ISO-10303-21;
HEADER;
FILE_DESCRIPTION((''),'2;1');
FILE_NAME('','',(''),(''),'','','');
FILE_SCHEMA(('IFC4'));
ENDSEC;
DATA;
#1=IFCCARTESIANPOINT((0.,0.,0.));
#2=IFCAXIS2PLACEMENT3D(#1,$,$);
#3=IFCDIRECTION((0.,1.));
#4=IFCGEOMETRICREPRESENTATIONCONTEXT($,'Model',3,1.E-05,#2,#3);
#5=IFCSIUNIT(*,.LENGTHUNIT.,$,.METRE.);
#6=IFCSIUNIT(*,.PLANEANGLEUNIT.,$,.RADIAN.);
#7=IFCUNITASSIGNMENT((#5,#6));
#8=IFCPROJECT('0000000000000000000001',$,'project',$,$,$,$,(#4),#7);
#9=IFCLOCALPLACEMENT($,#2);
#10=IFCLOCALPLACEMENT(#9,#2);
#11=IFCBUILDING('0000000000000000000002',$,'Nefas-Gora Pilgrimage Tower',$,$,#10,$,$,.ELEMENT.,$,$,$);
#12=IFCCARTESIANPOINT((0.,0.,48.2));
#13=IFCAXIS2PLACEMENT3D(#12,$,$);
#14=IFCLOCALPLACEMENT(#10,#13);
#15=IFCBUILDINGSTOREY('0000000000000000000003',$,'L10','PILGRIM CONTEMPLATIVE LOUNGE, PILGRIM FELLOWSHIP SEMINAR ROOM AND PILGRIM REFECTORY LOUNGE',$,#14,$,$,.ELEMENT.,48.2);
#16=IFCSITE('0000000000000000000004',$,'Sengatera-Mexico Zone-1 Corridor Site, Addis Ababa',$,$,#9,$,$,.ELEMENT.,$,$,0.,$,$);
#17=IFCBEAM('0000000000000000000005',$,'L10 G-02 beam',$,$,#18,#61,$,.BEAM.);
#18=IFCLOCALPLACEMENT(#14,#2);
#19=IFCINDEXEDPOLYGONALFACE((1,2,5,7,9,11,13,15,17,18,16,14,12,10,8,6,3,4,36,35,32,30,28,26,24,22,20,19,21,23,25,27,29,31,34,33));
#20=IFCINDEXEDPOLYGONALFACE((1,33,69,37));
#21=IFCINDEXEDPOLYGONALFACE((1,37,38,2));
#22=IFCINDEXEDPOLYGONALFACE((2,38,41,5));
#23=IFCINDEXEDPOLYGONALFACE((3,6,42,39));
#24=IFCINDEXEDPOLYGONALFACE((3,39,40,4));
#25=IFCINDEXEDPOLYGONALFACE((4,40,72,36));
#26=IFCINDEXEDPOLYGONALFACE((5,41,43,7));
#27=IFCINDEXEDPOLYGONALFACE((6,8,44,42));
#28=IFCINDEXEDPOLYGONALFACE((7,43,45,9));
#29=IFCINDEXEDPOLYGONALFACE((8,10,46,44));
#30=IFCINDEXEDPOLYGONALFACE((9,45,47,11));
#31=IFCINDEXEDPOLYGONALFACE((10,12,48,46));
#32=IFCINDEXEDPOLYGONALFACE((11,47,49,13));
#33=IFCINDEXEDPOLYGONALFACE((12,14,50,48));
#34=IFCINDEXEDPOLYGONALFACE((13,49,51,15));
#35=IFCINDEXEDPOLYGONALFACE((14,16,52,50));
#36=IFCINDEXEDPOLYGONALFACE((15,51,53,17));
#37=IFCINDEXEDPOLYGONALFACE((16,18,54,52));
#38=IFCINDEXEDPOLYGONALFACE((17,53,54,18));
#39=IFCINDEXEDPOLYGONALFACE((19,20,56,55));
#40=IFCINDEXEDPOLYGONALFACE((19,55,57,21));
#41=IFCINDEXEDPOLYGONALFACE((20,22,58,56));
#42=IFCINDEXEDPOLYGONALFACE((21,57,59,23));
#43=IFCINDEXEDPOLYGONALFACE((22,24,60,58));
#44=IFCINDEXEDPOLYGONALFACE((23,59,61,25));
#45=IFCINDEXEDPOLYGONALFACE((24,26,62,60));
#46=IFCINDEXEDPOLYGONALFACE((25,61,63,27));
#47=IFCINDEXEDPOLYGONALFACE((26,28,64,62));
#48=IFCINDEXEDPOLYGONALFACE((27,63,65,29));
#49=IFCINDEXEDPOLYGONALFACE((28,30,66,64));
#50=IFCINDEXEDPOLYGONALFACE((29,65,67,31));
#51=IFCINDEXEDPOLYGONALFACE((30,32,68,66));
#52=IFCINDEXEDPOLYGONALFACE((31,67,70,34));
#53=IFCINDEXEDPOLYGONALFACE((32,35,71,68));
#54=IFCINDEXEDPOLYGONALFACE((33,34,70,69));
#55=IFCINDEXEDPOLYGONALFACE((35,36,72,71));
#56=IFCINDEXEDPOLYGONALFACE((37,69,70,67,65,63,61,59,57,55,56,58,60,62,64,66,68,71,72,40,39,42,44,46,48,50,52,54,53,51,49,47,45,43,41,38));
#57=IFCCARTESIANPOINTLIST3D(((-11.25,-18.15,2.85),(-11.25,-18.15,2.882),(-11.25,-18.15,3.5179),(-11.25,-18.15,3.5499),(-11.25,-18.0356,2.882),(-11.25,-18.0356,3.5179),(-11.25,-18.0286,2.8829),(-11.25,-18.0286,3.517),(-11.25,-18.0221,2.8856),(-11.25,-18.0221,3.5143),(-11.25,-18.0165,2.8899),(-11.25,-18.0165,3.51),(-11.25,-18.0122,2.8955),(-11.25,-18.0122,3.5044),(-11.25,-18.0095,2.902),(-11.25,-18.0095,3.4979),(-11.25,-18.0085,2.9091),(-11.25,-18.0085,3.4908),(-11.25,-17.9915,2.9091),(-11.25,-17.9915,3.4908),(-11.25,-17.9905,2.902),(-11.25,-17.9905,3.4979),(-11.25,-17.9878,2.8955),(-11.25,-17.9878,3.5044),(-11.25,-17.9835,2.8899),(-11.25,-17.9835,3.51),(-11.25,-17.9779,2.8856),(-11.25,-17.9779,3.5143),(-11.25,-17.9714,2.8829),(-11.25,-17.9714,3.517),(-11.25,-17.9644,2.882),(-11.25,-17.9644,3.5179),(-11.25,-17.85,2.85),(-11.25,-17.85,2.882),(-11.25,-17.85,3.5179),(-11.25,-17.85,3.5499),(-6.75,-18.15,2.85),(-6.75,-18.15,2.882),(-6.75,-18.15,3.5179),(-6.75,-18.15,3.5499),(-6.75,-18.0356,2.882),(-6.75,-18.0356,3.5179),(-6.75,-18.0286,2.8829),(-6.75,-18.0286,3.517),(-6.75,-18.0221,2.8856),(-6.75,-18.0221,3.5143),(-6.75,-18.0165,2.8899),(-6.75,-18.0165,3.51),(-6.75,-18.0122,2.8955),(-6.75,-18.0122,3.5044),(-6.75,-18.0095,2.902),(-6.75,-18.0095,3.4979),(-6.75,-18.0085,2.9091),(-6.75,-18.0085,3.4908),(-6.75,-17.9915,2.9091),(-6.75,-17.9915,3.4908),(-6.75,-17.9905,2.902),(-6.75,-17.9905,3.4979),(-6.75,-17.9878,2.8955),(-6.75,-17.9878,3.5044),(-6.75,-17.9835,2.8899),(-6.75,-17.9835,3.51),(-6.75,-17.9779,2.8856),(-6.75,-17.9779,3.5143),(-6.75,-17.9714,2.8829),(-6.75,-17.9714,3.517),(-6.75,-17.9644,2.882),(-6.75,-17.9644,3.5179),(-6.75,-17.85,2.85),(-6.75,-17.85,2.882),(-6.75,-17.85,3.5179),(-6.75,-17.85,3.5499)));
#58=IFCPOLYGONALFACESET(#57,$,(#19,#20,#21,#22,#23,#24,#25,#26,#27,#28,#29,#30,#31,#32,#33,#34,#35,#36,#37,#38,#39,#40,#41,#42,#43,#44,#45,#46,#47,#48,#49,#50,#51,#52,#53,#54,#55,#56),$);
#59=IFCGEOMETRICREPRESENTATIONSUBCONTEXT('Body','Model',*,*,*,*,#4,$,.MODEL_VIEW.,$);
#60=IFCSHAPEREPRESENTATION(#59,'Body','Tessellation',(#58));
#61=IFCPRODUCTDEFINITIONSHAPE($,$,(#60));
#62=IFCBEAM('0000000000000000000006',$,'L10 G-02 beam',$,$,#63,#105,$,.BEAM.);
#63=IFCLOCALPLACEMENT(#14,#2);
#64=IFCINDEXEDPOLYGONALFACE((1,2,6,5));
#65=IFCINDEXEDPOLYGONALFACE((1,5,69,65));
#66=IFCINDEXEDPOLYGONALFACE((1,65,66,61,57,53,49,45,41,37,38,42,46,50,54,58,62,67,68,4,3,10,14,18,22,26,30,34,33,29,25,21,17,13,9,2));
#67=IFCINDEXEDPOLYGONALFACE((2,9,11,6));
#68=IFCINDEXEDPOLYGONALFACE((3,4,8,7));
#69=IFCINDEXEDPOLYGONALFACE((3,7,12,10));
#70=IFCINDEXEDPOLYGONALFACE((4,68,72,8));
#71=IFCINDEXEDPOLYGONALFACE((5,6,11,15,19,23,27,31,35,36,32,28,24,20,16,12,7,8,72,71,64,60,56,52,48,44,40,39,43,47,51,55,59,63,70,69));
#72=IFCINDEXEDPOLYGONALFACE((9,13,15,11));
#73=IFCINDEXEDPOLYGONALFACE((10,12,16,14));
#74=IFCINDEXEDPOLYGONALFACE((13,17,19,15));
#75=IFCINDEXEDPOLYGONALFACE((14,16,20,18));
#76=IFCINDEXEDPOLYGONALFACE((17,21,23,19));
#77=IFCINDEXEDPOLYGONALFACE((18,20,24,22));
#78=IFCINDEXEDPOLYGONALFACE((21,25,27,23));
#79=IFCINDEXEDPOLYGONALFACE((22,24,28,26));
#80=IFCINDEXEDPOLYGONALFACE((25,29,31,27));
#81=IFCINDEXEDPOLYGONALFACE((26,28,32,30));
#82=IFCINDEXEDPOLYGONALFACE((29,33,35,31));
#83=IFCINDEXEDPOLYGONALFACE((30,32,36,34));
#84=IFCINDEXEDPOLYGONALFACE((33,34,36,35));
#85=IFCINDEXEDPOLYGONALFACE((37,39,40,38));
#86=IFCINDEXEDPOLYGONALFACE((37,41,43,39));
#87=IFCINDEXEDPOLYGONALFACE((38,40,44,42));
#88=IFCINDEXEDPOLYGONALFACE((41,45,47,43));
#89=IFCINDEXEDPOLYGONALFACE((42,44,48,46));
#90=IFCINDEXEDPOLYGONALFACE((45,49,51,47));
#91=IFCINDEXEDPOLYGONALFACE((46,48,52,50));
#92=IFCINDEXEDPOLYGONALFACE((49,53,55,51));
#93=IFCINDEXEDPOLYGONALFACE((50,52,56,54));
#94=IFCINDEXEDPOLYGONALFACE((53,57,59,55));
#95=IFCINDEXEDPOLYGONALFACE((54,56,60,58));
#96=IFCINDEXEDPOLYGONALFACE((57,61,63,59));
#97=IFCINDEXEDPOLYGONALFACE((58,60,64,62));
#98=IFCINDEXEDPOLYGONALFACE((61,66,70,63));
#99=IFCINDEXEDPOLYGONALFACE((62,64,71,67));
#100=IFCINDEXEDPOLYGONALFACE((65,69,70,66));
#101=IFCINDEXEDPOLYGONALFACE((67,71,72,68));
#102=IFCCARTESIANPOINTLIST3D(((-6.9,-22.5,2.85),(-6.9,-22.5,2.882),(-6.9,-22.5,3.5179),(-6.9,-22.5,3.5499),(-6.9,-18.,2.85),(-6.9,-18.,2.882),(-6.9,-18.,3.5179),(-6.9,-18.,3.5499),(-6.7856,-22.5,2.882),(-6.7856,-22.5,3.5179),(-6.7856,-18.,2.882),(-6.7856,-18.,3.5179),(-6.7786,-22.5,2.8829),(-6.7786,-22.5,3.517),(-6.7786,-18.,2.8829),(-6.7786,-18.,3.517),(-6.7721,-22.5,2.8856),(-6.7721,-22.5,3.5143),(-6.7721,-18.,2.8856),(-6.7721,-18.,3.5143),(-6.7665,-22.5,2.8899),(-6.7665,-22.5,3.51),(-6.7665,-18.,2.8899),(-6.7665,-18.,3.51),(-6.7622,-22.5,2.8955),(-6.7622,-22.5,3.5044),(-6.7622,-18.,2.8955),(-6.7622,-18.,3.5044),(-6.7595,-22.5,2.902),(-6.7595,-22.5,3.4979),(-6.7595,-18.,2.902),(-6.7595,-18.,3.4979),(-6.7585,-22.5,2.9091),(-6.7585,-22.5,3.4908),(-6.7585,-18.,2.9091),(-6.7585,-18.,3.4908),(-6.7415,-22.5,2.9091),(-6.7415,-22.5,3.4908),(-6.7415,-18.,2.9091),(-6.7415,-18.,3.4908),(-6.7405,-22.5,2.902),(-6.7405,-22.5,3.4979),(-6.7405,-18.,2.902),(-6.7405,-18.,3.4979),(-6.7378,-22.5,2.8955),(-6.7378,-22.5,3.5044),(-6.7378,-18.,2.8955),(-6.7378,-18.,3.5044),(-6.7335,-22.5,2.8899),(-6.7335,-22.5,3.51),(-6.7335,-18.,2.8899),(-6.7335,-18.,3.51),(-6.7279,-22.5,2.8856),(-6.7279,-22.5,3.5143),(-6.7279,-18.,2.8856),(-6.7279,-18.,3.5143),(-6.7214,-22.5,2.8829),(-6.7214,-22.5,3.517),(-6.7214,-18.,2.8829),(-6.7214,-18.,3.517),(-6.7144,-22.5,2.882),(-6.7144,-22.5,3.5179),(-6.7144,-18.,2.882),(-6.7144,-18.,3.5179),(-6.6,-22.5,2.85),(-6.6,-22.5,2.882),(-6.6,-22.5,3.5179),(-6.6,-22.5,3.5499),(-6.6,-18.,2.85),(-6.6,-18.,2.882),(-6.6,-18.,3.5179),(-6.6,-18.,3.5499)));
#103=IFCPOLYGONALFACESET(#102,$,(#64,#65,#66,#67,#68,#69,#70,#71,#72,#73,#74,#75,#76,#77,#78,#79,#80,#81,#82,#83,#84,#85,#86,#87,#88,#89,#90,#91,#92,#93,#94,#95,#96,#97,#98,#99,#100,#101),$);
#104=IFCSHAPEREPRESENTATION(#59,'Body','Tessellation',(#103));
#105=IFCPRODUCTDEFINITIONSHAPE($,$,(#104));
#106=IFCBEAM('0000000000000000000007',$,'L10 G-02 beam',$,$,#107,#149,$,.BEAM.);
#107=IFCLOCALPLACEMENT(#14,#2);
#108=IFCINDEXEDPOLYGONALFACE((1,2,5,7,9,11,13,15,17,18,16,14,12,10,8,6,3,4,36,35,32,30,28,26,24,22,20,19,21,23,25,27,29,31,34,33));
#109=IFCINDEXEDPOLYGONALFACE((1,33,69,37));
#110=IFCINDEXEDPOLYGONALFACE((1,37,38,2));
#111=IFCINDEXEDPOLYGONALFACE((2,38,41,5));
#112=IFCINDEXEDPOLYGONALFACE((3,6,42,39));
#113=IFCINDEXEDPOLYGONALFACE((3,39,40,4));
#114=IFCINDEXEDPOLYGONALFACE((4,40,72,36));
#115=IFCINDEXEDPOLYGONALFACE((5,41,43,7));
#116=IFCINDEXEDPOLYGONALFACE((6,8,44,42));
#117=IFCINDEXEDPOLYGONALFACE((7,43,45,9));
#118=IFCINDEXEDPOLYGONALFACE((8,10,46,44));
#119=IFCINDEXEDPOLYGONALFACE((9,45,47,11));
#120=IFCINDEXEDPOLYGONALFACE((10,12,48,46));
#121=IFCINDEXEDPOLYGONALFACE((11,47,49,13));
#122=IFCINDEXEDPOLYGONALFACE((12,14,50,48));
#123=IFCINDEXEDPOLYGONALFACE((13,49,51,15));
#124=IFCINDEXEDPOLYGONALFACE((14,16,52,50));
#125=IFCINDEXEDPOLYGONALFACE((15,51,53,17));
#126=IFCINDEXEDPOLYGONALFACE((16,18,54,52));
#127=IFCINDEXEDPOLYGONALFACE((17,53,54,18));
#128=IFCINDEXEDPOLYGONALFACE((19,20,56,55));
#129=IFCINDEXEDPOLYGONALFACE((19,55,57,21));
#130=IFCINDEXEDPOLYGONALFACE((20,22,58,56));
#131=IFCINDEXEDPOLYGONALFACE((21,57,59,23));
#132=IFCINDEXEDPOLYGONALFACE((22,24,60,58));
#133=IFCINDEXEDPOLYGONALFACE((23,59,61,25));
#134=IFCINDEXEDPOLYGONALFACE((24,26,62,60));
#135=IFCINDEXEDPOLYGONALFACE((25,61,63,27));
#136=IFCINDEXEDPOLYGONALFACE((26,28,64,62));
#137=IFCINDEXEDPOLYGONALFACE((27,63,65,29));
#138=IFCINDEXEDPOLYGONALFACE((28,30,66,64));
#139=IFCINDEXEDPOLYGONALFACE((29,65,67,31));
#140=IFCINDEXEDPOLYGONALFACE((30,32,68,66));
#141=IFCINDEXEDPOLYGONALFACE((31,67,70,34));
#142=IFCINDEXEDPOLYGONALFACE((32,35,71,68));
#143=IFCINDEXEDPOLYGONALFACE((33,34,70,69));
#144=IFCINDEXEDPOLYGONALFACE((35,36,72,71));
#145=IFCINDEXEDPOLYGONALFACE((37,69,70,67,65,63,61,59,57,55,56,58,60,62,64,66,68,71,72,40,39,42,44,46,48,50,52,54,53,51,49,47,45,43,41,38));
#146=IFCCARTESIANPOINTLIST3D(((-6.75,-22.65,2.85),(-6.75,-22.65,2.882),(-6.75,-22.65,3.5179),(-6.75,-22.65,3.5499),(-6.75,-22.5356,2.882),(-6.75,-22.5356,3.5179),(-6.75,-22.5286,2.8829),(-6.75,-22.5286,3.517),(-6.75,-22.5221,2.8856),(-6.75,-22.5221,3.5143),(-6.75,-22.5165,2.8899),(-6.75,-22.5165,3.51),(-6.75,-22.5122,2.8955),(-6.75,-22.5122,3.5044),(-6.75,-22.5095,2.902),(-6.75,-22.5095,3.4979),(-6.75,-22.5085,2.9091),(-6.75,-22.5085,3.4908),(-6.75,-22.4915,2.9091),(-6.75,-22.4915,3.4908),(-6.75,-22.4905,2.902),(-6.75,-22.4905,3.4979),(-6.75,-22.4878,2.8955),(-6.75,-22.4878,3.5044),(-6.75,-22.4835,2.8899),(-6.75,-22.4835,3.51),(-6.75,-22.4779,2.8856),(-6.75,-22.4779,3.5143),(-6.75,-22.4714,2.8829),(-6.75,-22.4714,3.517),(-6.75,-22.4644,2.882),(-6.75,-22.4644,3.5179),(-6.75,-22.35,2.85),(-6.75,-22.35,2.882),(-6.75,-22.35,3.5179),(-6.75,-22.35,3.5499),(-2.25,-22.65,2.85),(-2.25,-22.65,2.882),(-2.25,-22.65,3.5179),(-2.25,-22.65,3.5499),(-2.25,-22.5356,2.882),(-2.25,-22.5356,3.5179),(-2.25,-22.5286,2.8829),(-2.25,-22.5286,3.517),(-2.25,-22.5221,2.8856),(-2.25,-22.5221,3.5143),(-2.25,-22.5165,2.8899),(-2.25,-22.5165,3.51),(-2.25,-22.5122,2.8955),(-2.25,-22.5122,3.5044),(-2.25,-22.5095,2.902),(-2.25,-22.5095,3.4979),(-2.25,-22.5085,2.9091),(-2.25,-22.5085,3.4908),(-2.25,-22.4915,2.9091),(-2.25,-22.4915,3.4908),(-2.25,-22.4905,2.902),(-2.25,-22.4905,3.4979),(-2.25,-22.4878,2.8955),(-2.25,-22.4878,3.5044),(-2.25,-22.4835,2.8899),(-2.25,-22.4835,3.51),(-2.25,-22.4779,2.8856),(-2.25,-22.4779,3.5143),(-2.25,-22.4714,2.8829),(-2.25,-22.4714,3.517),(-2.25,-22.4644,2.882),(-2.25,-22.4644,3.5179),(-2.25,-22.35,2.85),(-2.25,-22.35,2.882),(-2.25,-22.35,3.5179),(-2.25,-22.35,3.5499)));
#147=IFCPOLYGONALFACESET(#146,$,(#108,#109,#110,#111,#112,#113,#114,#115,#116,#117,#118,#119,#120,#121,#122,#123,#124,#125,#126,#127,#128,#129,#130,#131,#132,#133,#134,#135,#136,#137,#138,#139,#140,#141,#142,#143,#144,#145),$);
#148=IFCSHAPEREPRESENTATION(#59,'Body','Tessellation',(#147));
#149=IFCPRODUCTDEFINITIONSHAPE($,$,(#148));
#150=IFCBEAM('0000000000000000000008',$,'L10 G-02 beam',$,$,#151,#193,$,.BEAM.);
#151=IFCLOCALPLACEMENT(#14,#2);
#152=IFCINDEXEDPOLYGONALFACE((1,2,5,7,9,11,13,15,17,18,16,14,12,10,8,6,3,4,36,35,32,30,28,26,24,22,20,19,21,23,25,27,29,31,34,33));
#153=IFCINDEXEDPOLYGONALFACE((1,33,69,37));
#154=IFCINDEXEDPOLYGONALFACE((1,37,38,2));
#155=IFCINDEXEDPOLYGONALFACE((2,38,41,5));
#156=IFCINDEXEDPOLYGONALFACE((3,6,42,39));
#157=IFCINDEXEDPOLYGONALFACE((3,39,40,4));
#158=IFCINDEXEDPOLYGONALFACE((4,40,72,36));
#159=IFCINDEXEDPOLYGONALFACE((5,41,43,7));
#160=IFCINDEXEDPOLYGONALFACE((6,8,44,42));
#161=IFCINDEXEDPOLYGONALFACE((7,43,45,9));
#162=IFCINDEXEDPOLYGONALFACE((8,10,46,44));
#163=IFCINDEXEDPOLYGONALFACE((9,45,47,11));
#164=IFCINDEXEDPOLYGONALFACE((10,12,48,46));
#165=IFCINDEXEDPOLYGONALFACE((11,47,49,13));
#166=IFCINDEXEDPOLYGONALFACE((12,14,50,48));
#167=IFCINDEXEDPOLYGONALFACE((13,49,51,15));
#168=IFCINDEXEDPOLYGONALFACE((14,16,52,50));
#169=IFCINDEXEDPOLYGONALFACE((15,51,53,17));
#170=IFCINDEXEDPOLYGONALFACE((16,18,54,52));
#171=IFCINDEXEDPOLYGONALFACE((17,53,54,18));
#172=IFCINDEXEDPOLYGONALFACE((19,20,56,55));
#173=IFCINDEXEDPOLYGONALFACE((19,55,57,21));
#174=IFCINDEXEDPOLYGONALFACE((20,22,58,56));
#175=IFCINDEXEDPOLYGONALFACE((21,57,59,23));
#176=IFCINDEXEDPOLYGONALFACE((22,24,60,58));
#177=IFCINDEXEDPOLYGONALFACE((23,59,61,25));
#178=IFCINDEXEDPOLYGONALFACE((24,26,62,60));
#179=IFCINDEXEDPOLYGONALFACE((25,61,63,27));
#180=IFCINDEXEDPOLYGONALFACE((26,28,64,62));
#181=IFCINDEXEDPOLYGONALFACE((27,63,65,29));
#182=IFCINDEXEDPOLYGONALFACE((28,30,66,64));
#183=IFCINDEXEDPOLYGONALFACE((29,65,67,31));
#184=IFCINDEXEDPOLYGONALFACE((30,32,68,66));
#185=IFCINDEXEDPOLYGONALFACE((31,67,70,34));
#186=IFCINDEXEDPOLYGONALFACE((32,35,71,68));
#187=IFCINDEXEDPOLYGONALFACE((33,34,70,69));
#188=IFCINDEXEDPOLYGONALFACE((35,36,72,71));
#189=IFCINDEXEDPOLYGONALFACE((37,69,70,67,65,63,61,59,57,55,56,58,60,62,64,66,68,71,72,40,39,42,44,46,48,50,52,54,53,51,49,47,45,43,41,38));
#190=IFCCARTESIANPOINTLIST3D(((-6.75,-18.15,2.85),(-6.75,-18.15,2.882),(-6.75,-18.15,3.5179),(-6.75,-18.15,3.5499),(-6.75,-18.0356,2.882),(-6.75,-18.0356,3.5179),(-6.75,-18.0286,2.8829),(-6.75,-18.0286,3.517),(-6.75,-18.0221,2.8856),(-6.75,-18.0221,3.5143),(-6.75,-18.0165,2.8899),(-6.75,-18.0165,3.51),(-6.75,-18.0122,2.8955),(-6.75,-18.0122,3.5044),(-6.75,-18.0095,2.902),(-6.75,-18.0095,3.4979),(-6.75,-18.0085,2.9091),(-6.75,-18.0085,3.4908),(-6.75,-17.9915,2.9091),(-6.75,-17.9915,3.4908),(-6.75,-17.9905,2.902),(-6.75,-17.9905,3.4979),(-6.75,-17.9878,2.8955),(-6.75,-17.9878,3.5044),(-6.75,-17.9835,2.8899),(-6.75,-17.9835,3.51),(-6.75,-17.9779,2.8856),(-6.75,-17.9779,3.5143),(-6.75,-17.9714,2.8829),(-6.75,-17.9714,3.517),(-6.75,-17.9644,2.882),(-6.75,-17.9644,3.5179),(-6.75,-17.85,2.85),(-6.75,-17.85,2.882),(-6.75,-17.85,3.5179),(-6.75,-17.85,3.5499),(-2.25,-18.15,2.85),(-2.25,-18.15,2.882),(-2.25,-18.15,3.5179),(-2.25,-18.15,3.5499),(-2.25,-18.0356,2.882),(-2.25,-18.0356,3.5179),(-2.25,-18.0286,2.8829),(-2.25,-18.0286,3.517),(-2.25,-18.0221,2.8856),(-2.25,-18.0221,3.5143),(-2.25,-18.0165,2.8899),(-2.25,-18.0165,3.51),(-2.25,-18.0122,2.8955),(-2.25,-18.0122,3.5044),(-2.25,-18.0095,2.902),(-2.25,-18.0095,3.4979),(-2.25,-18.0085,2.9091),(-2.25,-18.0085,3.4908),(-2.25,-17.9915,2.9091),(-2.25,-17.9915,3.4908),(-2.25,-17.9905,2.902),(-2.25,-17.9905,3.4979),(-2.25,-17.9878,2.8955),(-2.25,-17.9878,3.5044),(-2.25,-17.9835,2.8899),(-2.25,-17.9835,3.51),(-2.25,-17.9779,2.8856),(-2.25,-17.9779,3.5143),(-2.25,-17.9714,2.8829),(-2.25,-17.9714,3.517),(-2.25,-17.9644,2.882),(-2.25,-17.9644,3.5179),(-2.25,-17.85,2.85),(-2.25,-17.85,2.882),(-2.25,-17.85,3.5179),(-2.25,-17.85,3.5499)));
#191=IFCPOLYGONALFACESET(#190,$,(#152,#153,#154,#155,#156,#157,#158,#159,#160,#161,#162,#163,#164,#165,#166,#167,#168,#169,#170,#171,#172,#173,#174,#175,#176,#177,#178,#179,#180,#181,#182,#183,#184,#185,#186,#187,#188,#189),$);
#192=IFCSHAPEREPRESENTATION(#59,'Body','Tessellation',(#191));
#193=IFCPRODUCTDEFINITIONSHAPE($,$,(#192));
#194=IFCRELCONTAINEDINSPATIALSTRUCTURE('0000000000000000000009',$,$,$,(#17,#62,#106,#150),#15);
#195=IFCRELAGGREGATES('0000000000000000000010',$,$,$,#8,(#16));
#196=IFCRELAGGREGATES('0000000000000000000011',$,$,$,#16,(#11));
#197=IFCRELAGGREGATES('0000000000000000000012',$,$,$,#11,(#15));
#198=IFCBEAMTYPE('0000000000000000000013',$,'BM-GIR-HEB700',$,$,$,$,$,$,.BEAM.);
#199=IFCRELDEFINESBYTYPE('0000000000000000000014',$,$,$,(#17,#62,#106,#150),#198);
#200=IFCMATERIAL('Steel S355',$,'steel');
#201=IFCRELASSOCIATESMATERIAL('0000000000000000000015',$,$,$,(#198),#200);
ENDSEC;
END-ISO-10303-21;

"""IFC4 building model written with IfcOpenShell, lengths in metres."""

from ifc_helpers import new_model, si_unit, direction, frame, origin, origin_2d, place, context, subcontext, project, spatial, i_section, extrude, source, transform, mapped, material, material_profile, profile_set, type_object, element, save


model = new_model("IFC4")

# Units and contexts
model_context = context("Model", 3, precision=1e-05, world=origin(), true_north=direction((0.0, 1.0)))
body_context = subcontext(model_context, "Body", "Model", "MODEL_VIEW")
ifc_project = project(units=[si_unit("LENGTHUNIT", "METRE"), si_unit("PLANEANGLEUNIT", "RADIAN")], contexts=[model_context])

# Site, building, storey
site_placement = place(None, origin())
site = spatial("IfcSite", under=ifc_project, at=site_placement, Name="Sengatera-Mexico Zone-1 Corridor Site, Addis Ababa", CompositionType="ELEMENT", RefElevation=0.0)
building_placement = place(site_placement, origin())
building = spatial("IfcBuilding", under=site, at=building_placement, Name="Nefas-Gora Pilgrimage Tower", CompositionType="ELEMENT")
storey_placement = place(building_placement, frame((0.0, 0.0, 48.2)))
storey = spatial("IfcBuildingStorey", under=building, at=storey_placement, Name="L10", Description="PILGRIM CONTEMPLATIVE LOUNGE, PILGRIM FELLOWSHIP SEMINAR ROOM AND PILGRIM REFECTORY LOUNGE", CompositionType="ELEMENT", Elevation=48.2)

# Beams
ifc_material_1 = material(Name="Steel S355", Category="steel")
ifc_material_profile_1 = material_profile(ifc_material_1, i_section(OverallWidth=0.3, OverallDepth=0.7, WebThickness=0.0171, FlangeThickness=0.032, FilletRadius=0.0271, at=origin_2d()), Name="HEB 700")
ifc_profile_set_1 = profile_set([ifc_material_profile_1], Name="Steel S355")
beam_type = type_object("IfcBeamType", Name="BM-GIR-HEB700", PredefinedType="BEAM", material=ifc_profile_set_1)
shared_shape_1 = source(origin(), body_context, "Body", "SweptSolid", [
    extrude(i_section(OverallWidth=0.3, OverallDepth=0.7, WebThickness=0.0171, FlangeThickness=0.032, FilletRadius=0.0271, at=origin_2d()), origin(), (0.0, 0.0, 1.0), 4.5),
])
for number, where, z_axis, x_axis, name in (
    (1, (-11.25, -18.0, 3.2), (1.0, 0.0, 0.0), (0.0, 1.0, 0.0), "L10 G-02 beam"),
    (2, (-6.75, -22.5, 3.2), (0.0, 1.0, 0.0), (-1.0, 0.0, 0.0), "L10 G-02 beam"),
    (3, (-6.75, -22.5, 3.2), (1.0, 0.0, 0.0), (0.0, 1.0, 0.0), "L10 G-02 beam"),
    (4, (-6.75, -18.0, 3.2), (1.0, 0.0, 0.0), (0.0, 1.0, 0.0), "L10 G-02 beam"),
):
    element("IfcBeam", number, at=place(storey_placement, frame(where, z_axis=z_axis, x_axis=x_axis)), inside=storey, type_object=beam_type, Name=name, PredefinedType="BEAM", context=body_context, shape_type="MappedRepresentation", body=[
        mapped(shared_shape_1, transform((0.0, 0.0, 0.0), x_axis=(1.0, 0.0, 0.0), y_axis=(0.0, 1.0, 0.0), z_axis=(0.0, 0.0, 1.0), scale=1.0)),
    ])

save(model, "model.ifc")
